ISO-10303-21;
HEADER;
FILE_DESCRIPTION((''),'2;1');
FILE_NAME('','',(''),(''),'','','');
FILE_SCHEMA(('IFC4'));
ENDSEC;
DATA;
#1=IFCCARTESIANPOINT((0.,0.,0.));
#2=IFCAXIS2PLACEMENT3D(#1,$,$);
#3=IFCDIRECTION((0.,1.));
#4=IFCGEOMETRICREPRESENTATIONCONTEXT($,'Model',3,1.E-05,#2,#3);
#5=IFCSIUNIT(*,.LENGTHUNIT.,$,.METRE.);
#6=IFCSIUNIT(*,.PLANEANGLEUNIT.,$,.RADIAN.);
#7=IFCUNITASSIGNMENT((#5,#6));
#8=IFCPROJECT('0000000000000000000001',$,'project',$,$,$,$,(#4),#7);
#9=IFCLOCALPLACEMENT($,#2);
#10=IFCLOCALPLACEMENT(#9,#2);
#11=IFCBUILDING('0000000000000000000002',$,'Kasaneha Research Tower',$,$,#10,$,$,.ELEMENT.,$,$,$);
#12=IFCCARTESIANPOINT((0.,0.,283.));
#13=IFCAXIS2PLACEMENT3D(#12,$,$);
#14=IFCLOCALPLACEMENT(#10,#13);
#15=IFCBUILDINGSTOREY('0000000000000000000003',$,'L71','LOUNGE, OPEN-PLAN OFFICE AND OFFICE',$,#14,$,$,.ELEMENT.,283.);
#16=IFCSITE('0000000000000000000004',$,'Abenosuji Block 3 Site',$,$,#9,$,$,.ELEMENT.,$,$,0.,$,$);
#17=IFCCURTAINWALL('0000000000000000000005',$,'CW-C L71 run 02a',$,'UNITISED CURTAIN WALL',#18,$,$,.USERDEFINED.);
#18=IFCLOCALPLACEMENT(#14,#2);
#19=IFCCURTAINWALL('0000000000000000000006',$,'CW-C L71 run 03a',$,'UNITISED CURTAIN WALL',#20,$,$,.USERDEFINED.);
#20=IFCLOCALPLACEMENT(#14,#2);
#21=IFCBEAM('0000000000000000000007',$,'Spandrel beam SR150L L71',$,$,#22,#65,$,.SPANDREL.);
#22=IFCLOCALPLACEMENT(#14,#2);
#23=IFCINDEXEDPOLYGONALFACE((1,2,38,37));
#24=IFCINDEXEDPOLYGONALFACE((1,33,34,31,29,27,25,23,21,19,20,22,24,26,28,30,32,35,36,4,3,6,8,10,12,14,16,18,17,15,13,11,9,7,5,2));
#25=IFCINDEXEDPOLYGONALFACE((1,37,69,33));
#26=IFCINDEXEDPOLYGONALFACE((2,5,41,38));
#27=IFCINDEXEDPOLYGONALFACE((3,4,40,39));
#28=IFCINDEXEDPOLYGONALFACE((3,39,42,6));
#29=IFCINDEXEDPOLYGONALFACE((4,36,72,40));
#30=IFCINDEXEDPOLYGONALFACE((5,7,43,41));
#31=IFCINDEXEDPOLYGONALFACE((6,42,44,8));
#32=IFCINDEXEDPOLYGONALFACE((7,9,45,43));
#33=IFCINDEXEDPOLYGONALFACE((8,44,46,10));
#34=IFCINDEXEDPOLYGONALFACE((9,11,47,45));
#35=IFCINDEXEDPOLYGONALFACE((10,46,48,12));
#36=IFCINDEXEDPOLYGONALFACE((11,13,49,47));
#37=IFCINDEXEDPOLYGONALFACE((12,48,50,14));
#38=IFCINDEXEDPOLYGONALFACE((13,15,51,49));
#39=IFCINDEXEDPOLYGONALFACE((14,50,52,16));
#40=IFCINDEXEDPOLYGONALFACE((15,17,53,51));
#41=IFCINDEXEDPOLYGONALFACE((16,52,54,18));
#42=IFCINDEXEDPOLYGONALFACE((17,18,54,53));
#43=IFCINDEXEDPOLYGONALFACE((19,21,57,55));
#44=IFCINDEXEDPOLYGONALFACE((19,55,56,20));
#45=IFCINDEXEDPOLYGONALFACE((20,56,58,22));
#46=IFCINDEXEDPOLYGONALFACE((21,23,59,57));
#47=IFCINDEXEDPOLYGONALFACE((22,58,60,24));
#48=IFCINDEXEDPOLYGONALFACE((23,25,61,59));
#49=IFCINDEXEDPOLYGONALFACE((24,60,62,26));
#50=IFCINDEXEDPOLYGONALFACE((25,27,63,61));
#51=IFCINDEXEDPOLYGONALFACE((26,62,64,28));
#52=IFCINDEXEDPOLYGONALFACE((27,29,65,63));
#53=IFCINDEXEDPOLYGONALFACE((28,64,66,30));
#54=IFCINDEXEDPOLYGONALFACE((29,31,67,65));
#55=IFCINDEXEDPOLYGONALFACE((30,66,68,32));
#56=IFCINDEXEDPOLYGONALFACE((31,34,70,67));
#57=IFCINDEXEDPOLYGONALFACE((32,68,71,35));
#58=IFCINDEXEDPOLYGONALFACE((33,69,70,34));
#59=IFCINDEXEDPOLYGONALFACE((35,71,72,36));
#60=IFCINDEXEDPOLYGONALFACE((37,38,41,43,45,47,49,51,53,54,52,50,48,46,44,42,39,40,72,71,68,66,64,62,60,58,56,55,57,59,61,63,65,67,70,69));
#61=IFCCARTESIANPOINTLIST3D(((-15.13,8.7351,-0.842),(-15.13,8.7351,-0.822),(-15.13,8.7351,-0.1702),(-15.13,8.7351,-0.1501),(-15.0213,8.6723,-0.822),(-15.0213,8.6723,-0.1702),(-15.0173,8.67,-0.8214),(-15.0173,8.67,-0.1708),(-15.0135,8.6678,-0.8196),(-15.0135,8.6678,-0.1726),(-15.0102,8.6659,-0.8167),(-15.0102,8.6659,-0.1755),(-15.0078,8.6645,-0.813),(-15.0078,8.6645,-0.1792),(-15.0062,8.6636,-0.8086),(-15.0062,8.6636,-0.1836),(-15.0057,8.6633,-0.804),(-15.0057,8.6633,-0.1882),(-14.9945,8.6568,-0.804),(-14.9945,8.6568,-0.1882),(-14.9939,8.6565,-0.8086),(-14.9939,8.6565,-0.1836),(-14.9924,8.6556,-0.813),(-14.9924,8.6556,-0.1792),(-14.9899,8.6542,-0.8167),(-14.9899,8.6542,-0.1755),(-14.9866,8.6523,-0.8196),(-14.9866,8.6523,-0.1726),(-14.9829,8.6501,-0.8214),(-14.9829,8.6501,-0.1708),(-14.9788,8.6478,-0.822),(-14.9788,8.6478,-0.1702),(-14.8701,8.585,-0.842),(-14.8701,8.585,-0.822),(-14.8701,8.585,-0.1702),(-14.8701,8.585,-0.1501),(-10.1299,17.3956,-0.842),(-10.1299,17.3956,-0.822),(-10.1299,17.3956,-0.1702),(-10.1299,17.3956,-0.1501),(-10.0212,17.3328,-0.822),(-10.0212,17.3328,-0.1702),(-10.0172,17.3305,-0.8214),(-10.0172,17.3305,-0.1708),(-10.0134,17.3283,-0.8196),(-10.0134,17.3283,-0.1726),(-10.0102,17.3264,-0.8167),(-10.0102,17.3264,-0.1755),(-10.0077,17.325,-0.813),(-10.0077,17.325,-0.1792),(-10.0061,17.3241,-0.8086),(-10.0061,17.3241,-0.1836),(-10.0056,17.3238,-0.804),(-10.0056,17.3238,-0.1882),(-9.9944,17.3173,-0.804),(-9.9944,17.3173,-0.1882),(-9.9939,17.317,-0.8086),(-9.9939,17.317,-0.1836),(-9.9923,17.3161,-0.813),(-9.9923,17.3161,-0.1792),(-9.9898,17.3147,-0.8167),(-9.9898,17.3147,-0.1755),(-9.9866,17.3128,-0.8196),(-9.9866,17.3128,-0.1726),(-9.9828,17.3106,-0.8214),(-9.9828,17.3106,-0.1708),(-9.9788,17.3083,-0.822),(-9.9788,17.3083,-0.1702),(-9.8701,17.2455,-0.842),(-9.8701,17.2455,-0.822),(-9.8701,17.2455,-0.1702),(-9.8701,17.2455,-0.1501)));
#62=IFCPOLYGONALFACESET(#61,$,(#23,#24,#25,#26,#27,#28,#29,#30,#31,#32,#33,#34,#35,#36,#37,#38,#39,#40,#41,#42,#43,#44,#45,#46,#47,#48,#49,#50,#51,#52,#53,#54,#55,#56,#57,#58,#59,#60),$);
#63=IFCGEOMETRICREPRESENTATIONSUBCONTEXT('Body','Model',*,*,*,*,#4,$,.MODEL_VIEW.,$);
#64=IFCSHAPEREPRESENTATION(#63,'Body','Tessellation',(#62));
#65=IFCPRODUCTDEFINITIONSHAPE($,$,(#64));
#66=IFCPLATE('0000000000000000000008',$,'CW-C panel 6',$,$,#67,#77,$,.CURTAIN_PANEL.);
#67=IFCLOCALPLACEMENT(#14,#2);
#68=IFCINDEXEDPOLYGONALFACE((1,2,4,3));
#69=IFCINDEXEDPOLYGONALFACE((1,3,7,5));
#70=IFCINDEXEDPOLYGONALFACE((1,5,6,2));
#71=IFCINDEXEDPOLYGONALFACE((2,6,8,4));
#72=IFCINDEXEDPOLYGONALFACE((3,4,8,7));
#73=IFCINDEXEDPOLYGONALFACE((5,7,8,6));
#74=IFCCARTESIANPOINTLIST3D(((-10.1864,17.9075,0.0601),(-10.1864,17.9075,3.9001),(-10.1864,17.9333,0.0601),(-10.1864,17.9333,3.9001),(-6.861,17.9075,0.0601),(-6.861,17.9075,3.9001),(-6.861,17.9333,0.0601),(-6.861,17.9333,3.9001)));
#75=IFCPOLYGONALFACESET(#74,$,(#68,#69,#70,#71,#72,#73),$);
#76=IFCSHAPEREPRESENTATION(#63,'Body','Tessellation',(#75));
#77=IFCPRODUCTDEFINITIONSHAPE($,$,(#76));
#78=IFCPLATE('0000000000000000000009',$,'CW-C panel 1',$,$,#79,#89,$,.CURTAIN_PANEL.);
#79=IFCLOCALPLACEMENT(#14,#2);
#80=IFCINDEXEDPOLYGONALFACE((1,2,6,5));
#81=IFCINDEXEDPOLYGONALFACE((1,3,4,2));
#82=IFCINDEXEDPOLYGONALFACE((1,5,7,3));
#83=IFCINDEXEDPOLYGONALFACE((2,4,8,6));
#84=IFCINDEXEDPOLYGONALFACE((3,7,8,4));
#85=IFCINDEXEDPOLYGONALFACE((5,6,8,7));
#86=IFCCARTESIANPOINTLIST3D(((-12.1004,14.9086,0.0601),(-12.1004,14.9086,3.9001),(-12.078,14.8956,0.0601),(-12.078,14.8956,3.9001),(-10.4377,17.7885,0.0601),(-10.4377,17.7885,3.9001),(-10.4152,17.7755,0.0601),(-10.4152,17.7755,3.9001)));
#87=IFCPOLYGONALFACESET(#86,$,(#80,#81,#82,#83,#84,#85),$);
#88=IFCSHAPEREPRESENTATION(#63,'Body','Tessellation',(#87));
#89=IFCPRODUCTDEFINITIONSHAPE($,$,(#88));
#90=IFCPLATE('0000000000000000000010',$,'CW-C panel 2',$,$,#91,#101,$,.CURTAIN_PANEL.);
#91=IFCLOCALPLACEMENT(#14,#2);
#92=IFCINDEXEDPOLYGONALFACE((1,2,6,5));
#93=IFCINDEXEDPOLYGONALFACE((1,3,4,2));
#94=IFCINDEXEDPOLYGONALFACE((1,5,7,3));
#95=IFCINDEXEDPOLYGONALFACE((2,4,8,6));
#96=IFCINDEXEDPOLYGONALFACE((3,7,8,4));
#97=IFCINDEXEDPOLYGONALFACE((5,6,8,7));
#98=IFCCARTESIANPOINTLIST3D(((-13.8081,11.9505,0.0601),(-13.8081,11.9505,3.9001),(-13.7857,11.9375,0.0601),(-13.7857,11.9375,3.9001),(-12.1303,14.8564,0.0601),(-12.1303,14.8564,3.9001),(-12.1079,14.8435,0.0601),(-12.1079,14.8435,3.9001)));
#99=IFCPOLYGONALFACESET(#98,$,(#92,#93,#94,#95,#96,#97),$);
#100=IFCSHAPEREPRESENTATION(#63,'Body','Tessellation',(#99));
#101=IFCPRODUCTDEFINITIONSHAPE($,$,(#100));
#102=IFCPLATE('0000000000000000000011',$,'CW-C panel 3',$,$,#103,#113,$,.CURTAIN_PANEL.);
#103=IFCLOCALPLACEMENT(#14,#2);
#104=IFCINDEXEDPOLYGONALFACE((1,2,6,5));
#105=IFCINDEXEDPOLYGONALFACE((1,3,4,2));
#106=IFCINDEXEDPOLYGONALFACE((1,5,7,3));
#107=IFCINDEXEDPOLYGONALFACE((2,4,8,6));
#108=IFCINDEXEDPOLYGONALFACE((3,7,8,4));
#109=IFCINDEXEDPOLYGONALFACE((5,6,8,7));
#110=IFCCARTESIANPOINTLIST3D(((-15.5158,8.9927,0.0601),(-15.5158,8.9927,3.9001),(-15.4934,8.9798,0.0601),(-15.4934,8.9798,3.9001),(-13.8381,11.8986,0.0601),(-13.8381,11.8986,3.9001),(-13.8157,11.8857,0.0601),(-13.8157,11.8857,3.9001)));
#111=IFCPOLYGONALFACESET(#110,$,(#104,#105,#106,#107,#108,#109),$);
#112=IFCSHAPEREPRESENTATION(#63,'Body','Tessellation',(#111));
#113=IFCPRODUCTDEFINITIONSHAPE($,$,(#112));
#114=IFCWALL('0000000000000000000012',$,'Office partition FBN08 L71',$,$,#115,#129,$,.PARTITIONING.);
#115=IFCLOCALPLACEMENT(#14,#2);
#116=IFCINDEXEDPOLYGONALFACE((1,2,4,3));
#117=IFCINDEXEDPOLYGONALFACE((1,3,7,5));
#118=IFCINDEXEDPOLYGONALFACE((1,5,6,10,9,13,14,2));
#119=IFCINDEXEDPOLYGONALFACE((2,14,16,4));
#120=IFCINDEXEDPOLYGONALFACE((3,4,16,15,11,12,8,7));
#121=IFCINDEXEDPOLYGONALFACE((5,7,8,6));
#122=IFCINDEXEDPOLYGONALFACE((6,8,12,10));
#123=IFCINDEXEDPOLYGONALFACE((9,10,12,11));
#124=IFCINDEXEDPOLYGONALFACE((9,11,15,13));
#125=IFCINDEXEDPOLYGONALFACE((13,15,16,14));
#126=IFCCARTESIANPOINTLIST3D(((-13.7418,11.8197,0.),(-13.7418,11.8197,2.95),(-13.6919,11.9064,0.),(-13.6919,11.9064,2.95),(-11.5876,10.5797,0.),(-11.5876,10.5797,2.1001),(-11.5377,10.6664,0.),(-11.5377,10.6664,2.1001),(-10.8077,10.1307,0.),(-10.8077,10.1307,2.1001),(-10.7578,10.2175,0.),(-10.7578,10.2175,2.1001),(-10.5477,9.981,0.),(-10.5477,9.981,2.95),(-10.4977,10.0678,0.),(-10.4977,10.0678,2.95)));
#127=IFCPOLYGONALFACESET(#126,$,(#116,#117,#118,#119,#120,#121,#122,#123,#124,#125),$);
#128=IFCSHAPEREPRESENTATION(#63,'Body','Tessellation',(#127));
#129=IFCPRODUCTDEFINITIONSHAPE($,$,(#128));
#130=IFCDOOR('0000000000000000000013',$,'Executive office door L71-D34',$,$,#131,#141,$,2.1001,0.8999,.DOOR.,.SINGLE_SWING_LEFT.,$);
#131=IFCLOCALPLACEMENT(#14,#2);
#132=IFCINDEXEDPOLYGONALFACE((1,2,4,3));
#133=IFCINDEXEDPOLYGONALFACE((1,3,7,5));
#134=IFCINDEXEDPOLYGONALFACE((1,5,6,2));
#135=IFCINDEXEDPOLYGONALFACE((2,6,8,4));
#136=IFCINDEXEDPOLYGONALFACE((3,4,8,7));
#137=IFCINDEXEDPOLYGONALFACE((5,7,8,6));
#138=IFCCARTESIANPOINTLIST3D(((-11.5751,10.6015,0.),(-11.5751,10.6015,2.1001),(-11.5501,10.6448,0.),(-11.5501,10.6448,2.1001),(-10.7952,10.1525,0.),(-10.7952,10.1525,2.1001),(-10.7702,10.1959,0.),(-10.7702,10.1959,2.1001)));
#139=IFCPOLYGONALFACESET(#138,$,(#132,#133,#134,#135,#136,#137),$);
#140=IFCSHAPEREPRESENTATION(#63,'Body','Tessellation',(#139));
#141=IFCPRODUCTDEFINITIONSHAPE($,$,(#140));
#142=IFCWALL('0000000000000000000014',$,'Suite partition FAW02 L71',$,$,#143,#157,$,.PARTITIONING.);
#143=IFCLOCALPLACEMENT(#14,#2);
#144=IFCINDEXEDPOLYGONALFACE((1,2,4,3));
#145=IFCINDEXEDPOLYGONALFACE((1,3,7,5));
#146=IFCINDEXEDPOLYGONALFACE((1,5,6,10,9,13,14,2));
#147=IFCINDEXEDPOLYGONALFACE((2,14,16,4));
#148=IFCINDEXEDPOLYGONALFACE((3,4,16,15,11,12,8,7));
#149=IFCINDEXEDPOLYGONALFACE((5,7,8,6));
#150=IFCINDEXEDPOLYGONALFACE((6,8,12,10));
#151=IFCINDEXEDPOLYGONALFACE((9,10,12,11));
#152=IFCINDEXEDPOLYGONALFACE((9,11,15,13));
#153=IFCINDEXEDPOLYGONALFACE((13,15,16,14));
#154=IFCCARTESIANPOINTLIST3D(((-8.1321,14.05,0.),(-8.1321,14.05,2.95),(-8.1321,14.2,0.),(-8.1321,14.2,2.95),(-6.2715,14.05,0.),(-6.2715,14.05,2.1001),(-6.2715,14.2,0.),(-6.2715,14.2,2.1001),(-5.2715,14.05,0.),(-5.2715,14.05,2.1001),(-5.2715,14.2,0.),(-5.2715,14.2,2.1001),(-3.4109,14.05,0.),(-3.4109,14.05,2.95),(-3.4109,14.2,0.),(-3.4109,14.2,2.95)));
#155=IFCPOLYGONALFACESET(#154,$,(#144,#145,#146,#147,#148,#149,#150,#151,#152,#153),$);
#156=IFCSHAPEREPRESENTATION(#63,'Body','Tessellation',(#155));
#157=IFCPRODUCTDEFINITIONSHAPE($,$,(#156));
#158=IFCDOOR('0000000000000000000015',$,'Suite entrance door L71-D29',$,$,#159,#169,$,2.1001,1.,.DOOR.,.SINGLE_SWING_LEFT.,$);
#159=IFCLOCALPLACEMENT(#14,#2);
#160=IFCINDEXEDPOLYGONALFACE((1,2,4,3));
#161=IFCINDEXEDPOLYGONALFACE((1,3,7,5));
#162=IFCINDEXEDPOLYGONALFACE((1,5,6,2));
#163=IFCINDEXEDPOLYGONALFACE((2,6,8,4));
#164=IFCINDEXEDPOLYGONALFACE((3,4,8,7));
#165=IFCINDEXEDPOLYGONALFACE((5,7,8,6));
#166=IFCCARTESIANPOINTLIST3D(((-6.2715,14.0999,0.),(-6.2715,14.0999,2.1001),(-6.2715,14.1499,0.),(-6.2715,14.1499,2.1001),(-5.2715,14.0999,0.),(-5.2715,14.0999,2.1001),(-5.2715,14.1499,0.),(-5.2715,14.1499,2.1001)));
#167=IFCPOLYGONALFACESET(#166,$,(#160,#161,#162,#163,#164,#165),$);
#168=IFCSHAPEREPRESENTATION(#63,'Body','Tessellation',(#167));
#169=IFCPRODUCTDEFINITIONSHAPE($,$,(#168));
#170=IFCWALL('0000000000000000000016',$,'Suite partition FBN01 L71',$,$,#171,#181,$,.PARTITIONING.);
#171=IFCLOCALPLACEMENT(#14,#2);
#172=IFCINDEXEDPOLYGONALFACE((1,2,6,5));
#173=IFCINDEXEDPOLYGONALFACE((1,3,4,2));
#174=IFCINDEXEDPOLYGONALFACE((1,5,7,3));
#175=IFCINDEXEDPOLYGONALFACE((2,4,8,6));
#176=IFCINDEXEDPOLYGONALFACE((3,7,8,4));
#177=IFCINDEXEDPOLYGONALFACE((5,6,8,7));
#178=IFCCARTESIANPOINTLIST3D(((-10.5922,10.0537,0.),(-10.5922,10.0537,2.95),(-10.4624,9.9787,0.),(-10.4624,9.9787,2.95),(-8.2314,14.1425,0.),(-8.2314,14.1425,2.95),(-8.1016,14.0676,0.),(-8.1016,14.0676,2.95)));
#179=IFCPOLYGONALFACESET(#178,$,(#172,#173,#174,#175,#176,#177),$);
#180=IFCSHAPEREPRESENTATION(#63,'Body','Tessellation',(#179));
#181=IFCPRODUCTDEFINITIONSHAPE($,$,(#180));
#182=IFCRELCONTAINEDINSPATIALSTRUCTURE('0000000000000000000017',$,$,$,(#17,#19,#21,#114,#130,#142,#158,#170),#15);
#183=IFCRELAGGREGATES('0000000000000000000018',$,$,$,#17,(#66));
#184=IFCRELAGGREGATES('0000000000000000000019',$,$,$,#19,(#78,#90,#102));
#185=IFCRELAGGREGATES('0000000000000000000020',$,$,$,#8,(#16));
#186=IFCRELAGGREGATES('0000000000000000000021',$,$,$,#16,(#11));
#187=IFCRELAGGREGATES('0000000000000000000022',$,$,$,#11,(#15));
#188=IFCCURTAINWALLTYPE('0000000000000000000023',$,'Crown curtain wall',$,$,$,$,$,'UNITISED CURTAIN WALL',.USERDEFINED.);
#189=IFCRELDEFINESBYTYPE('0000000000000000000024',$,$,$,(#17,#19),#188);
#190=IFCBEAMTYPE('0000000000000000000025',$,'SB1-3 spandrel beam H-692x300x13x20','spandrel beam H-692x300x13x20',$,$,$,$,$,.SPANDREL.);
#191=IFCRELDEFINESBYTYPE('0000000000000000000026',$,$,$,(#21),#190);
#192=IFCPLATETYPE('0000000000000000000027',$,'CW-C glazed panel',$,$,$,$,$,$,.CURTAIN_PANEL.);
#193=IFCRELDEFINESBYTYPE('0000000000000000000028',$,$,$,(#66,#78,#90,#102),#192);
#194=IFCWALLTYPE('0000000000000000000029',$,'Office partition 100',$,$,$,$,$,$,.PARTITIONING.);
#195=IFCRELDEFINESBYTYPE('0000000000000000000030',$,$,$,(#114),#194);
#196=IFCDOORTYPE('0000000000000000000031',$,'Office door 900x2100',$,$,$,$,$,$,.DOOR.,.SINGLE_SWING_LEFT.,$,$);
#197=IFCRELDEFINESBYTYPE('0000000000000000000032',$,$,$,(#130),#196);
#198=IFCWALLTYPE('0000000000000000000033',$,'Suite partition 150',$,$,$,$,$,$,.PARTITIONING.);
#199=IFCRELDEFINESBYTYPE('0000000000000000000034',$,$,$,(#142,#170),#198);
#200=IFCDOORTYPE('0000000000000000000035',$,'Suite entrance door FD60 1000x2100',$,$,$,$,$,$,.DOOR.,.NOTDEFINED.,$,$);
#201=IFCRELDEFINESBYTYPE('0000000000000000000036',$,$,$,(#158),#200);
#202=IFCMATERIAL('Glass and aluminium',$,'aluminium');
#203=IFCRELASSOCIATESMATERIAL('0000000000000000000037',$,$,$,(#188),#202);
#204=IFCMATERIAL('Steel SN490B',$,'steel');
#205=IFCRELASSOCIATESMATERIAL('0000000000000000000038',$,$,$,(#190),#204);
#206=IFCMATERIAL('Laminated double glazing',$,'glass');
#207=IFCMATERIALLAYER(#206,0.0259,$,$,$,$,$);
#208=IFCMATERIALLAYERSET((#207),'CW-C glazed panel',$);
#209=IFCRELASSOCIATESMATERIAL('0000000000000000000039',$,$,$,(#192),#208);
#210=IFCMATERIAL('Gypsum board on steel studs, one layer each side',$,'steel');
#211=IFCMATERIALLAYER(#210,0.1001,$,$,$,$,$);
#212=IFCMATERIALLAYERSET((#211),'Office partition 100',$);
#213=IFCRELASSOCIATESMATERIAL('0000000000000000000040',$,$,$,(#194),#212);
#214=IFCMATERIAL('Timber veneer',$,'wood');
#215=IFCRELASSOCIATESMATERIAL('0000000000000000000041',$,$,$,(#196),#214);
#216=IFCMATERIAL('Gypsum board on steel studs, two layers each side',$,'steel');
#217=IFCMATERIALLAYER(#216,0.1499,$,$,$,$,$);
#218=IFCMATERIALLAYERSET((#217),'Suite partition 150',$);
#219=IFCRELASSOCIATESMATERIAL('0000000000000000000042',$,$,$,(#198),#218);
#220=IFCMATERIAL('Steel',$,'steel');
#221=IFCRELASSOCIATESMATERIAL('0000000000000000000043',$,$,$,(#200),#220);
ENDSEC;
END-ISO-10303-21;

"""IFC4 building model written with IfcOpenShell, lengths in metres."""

from ifc_helpers import new_model, si_unit, direction, frame, frame_2d, origin, origin_2d, place, context, subcontext, project, spatial, rectangle, i_section, extrude, material, layer, layer_set, material_profile, profile_set, type_object, element, fill, aggregate, save


model = new_model("IFC4")

# Units and contexts
model_context = context("Model", 3, precision=1e-05, world=origin(), true_north=direction((0.0, 1.0)))
body_context = subcontext(model_context, "Body", "Model", "MODEL_VIEW")
ifc_project = project(units=[si_unit("LENGTHUNIT", "METRE"), si_unit("PLANEANGLEUNIT", "RADIAN")], contexts=[model_context])

# Site, building, storey
site_placement = place(None, origin())
site = spatial("IfcSite", under=ifc_project, at=site_placement, Name="Abenosuji Block 3 Site", CompositionType="ELEMENT", RefElevation=0.0)
building_placement = place(site_placement, origin())
building = spatial("IfcBuilding", under=site, at=building_placement, Name="Kasaneha Research Tower", CompositionType="ELEMENT")
storey_placement = place(building_placement, frame((0.0, 0.0, 283.0)))
storey = spatial("IfcBuildingStorey", under=building, at=storey_placement, Name="L71", Description="LOUNGE, OPEN-PLAN OFFICE AND OFFICE", CompositionType="ELEMENT", Elevation=283.0)

# Curtain wall
ifc_material_1 = material(Name="Glass and aluminium", Category="aluminium")
curtain_wall_type = type_object("IfcCurtainWallType", Name="Crown curtain wall", ElementType="UNITISED CURTAIN WALL", PredefinedType="USERDEFINED", material=ifc_material_1)
curtain_wall_1_placement = place(storey_placement, origin())
curtain_wall_1 = element("IfcCurtainWall", 1, at=curtain_wall_1_placement, inside=storey, type_object=curtain_wall_type, Name="CW-C L71 run 02a", ObjectType="UNITISED CURTAIN WALL", PredefinedType="USERDEFINED")

# Curtain wall
curtain_wall_2_placement = place(storey_placement, origin())
curtain_wall_2 = element("IfcCurtainWall", 2, at=curtain_wall_2_placement, inside=storey, type_object=curtain_wall_type, Name="CW-C L71 run 03a", ObjectType="UNITISED CURTAIN WALL", PredefinedType="USERDEFINED")

# Beam
ifc_material_2 = material(Name="Steel SN490B", Category="steel")
ifc_material_profile_1 = material_profile(ifc_material_2, i_section(OverallWidth=0.3, OverallDepth=0.6919, WebThickness=0.0129, FlangeThickness=0.02, FilletRadius=0.0181, at=origin_2d()), Name="H-692x300x13x20")
ifc_profile_set_1 = profile_set([ifc_material_profile_1], Name="Steel SN490B")
beam_type_1 = type_object("IfcBeamType", Name="SB1-3 spandrel beam H-692x300x13x20", Description="spandrel beam H-692x300x13x20", PredefinedType="SPANDREL", material=ifc_profile_set_1)
beam_1_placement = place(storey_placement, frame((-10.0, 17.3206, -0.4961), z_axis=(-0.499994, -0.866029, 0.0), x_axis=(0.866029, -0.499994, 0.0)))
element("IfcBeam", 3, at=beam_1_placement, inside=storey, type_object=beam_type_1, Name="Spandrel beam SR150L L71", PredefinedType="SPANDREL", context=body_context, shape_type="SweptSolid", body=[
    extrude(i_section(OverallWidth=0.3, OverallDepth=0.6919, WebThickness=0.0129, FlangeThickness=0.02, FilletRadius=0.0181, at=origin_2d()), origin(), (0.0, 0.0, 1.0), 10.0002),
])

# Plates
ifc_material_3 = material(Name="Laminated double glazing", Category="glass")
ifc_layer_1 = layer(ifc_material_3, 0.0259)
ifc_layer_set_1 = layer_set([ifc_layer_1], Name="CW-C glazed panel")
plate_type = type_object("IfcPlateType", Name="CW-C glazed panel", PredefinedType="CURTAIN_PANEL", material=ifc_layer_set_1)
plate_1_placement = place(storey_placement, frame((-8.5237, 17.9204, 0.0601), z_axis=(0.0, 0.0, 1.0), x_axis=(-1.0, 0.0, 0.0)))
plate_1 = element("IfcPlate", 4, at=plate_1_placement, type_object=plate_type, Name="CW-C panel 6", PredefinedType="CURTAIN_PANEL", context=body_context, shape_type="SweptSolid", body=[
    extrude(rectangle(XDim=3.3254, YDim=0.0259, at=origin_2d()), origin(), (0.0, 0.0, 1.0), 3.8401),
])
aggregate(curtain_wall_1, [plate_1])
plate_2_placement = place(storey_placement, frame((-11.2578, 16.342, 0.0601), z_axis=(0.0, 0.0, 1.0), x_axis=(-0.5, -0.866025, 0.0)))
plate_2 = element("IfcPlate", 5, at=plate_2_placement, type_object=plate_type, Name="CW-C panel 1", PredefinedType="CURTAIN_PANEL", context=body_context, shape_type="SweptSolid", body=[
    extrude(rectangle(XDim=3.3254, YDim=0.0259, at=origin_2d()), origin(), (0.0, 0.0, 1.0), 3.8401),
])
plate_3_placement = place(storey_placement, frame((-12.958, 13.397, 0.0601), z_axis=(0.0, 0.0, 1.0), x_axis=(-0.5, -0.866025, 0.0)))
plate_3 = element("IfcPlate", 6, at=plate_3_placement, type_object=plate_type, Name="CW-C panel 2", PredefinedType="CURTAIN_PANEL", context=body_context, shape_type="SweptSolid", body=[
    extrude(rectangle(XDim=3.3555, YDim=0.0259, at=origin_2d()), origin(), (0.0, 0.0, 1.0), 3.8401),
])
plate_4_placement = place(storey_placement, frame((-14.6658, 10.4392, 0.0601), z_axis=(0.0, 0.0, 1.0), x_axis=(-0.5, -0.866025, 0.0)))
plate_4 = element("IfcPlate", 7, at=plate_4_placement, type_object=plate_type, Name="CW-C panel 3", PredefinedType="CURTAIN_PANEL", context=body_context, shape_type="SweptSolid", body=[
    extrude(rectangle(XDim=3.3555, YDim=0.0259, at=origin_2d()), origin(), (0.0, 0.0, 1.0), 3.8401),
])
aggregate(curtain_wall_2, [plate_2, plate_3, plate_4])

# Walls, openings, doors
ifc_material_4 = material(Name="Gypsum board on steel studs, one layer each side", Category="steel")
ifc_layer_2 = layer(ifc_material_4, 0.1001)
ifc_layer_set_2 = layer_set([ifc_layer_2], Name="Office partition 100")
wall_type_1 = type_object("IfcWallType", Name="Office partition 100", PredefinedType="PARTITIONING", material=ifc_layer_set_2)
wall_1_placement = place(storey_placement, frame((-10.5227, 10.0244, 0.0), z_axis=(0.0, 0.0, 1.0), x_axis=(-0.866669, 0.498883, 0.0)))
wall_1 = element("IfcWall", 8, at=wall_1_placement, inside=storey, type_object=wall_type_1, Name="Office partition FBN08 L71", PredefinedType="PARTITIONING", context=body_context, shape_type="SweptSolid", body=[
    extrude(rectangle(XDim=3.6855, YDim=0.1001, at=frame_2d((1.8428, 0.0))), origin(), (0.0, 0.0, 1.0), 2.95),
])
opening_1_placement = place(wall_1_placement, frame((0.3, 0.0, 0.0)))
opening_1 = element("IfcOpeningElement", 9, at=opening_1_placement, cuts=wall_1, PredefinedType="OPENING", context=body_context, shape_type="SweptSolid", body=[
    extrude(rectangle(XDim=0.8999, YDim=2.1001, at=frame_2d((0.45, 1.05))), frame((0.0, 0.0601, 0.0), z_axis=(0.0, -1.0, 0.0), x_axis=(1.0, 0.0, 0.0)), (0.0, 0.0, 1.0), 0.1201),
])
ifc_material_5 = material(Name="Timber veneer", Category="wood")
door_type_1 = type_object("IfcDoorType", Name="Office door 900x2100", OperationType="SINGLE_SWING_LEFT", PredefinedType="DOOR", material=ifc_material_5)
door_1_placement = place(opening_1_placement, origin())
door_1 = element("IfcDoor", 10, at=door_1_placement, inside=storey, type_object=door_type_1, Name="Executive office door L71-D34", OperationType="SINGLE_SWING_LEFT", OverallHeight=2.1001, OverallWidth=0.8999, PredefinedType="DOOR", context=body_context, shape_type="SweptSolid", body=[
    extrude(rectangle(XDim=0.8999, YDim=2.1001, at=frame_2d((0.45, 1.05))), frame((0.0, 0.0249, 0.0), z_axis=(0.0, -1.0, 0.0), x_axis=(1.0, 0.0, 0.0)), (0.0, 0.0, 1.0), 0.05),
])
fill(opening_1, door_1)
ifc_material_6 = material(Name="Gypsum board on steel studs, two layers each side", Category="steel")
ifc_layer_3 = layer(ifc_material_6, 0.1499)
ifc_layer_set_3 = layer_set([ifc_layer_3], Name="Suite partition 150")
wall_type_2 = type_object("IfcWallType", Name="Suite partition 150", PredefinedType="PARTITIONING", material=ifc_layer_set_3)
wall_2_placement = place(storey_placement, frame((-8.1321, 14.125, 0.0), z_axis=(0.0, 0.0, 1.0), x_axis=(1.0, 0.0, 0.0)))
wall_2 = element("IfcWall", 11, at=wall_2_placement, inside=storey, type_object=wall_type_2, Name="Suite partition FAW02 L71", PredefinedType="PARTITIONING", context=body_context, shape_type="SweptSolid", body=[
    extrude(rectangle(XDim=4.7212, YDim=0.1499, at=frame_2d((2.3606, 0.0))), origin(), (0.0, 0.0, 1.0), 2.95),
])
opening_2_placement = place(wall_2_placement, frame((1.8606, 0.0, 0.0)))
opening_2 = element("IfcOpeningElement", 12, at=opening_2_placement, cuts=wall_2, PredefinedType="OPENING", context=body_context, shape_type="SweptSolid", body=[
    extrude(rectangle(XDim=1.0, YDim=2.1001, at=frame_2d((0.5, 1.05))), frame((0.0, 0.085, 0.0), z_axis=(0.0, -1.0, 0.0), x_axis=(1.0, 0.0, 0.0)), (0.0, 0.0, 1.0), 0.1699),
])
ifc_material_7 = material(Name="Steel", Category="steel")
door_type_2 = type_object("IfcDoorType", Name="Suite entrance door FD60 1000x2100", OperationType="NOTDEFINED", PredefinedType="DOOR", material=ifc_material_7)
door_2_placement = place(opening_2_placement, origin())
door_2 = element("IfcDoor", 13, at=door_2_placement, inside=storey, type_object=door_type_2, Name="Suite entrance door L71-D29", OperationType="SINGLE_SWING_LEFT", OverallHeight=2.1001, OverallWidth=1.0, PredefinedType="DOOR", context=body_context, shape_type="SweptSolid", body=[
    extrude(rectangle(XDim=1.0, YDim=2.1001, at=frame_2d((0.5, 1.05))), frame((0.0, 0.0249, 0.0), z_axis=(0.0, -1.0, 0.0), x_axis=(1.0, 0.0, 0.0)), (0.0, 0.0, 1.0), 0.05),
])
fill(opening_2, door_2)

# Wall
wall_3_placement = place(storey_placement, frame((-10.5273, 10.0161, 0.0), z_axis=(0.0, 0.0, 1.0), x_axis=(0.500021, 0.866013, 0.0)))
element("IfcWall", 14, at=wall_3_placement, inside=storey, type_object=wall_type_2, Name="Suite partition FBN01 L71", PredefinedType="PARTITIONING", context=body_context, shape_type="SweptSolid", body=[
    extrude(rectangle(XDim=4.7214, YDim=0.1499, at=frame_2d((2.3608, 0.0))), origin(), (0.0, 0.0, 1.0), 2.95),
])

save(model, "model.ifc")
